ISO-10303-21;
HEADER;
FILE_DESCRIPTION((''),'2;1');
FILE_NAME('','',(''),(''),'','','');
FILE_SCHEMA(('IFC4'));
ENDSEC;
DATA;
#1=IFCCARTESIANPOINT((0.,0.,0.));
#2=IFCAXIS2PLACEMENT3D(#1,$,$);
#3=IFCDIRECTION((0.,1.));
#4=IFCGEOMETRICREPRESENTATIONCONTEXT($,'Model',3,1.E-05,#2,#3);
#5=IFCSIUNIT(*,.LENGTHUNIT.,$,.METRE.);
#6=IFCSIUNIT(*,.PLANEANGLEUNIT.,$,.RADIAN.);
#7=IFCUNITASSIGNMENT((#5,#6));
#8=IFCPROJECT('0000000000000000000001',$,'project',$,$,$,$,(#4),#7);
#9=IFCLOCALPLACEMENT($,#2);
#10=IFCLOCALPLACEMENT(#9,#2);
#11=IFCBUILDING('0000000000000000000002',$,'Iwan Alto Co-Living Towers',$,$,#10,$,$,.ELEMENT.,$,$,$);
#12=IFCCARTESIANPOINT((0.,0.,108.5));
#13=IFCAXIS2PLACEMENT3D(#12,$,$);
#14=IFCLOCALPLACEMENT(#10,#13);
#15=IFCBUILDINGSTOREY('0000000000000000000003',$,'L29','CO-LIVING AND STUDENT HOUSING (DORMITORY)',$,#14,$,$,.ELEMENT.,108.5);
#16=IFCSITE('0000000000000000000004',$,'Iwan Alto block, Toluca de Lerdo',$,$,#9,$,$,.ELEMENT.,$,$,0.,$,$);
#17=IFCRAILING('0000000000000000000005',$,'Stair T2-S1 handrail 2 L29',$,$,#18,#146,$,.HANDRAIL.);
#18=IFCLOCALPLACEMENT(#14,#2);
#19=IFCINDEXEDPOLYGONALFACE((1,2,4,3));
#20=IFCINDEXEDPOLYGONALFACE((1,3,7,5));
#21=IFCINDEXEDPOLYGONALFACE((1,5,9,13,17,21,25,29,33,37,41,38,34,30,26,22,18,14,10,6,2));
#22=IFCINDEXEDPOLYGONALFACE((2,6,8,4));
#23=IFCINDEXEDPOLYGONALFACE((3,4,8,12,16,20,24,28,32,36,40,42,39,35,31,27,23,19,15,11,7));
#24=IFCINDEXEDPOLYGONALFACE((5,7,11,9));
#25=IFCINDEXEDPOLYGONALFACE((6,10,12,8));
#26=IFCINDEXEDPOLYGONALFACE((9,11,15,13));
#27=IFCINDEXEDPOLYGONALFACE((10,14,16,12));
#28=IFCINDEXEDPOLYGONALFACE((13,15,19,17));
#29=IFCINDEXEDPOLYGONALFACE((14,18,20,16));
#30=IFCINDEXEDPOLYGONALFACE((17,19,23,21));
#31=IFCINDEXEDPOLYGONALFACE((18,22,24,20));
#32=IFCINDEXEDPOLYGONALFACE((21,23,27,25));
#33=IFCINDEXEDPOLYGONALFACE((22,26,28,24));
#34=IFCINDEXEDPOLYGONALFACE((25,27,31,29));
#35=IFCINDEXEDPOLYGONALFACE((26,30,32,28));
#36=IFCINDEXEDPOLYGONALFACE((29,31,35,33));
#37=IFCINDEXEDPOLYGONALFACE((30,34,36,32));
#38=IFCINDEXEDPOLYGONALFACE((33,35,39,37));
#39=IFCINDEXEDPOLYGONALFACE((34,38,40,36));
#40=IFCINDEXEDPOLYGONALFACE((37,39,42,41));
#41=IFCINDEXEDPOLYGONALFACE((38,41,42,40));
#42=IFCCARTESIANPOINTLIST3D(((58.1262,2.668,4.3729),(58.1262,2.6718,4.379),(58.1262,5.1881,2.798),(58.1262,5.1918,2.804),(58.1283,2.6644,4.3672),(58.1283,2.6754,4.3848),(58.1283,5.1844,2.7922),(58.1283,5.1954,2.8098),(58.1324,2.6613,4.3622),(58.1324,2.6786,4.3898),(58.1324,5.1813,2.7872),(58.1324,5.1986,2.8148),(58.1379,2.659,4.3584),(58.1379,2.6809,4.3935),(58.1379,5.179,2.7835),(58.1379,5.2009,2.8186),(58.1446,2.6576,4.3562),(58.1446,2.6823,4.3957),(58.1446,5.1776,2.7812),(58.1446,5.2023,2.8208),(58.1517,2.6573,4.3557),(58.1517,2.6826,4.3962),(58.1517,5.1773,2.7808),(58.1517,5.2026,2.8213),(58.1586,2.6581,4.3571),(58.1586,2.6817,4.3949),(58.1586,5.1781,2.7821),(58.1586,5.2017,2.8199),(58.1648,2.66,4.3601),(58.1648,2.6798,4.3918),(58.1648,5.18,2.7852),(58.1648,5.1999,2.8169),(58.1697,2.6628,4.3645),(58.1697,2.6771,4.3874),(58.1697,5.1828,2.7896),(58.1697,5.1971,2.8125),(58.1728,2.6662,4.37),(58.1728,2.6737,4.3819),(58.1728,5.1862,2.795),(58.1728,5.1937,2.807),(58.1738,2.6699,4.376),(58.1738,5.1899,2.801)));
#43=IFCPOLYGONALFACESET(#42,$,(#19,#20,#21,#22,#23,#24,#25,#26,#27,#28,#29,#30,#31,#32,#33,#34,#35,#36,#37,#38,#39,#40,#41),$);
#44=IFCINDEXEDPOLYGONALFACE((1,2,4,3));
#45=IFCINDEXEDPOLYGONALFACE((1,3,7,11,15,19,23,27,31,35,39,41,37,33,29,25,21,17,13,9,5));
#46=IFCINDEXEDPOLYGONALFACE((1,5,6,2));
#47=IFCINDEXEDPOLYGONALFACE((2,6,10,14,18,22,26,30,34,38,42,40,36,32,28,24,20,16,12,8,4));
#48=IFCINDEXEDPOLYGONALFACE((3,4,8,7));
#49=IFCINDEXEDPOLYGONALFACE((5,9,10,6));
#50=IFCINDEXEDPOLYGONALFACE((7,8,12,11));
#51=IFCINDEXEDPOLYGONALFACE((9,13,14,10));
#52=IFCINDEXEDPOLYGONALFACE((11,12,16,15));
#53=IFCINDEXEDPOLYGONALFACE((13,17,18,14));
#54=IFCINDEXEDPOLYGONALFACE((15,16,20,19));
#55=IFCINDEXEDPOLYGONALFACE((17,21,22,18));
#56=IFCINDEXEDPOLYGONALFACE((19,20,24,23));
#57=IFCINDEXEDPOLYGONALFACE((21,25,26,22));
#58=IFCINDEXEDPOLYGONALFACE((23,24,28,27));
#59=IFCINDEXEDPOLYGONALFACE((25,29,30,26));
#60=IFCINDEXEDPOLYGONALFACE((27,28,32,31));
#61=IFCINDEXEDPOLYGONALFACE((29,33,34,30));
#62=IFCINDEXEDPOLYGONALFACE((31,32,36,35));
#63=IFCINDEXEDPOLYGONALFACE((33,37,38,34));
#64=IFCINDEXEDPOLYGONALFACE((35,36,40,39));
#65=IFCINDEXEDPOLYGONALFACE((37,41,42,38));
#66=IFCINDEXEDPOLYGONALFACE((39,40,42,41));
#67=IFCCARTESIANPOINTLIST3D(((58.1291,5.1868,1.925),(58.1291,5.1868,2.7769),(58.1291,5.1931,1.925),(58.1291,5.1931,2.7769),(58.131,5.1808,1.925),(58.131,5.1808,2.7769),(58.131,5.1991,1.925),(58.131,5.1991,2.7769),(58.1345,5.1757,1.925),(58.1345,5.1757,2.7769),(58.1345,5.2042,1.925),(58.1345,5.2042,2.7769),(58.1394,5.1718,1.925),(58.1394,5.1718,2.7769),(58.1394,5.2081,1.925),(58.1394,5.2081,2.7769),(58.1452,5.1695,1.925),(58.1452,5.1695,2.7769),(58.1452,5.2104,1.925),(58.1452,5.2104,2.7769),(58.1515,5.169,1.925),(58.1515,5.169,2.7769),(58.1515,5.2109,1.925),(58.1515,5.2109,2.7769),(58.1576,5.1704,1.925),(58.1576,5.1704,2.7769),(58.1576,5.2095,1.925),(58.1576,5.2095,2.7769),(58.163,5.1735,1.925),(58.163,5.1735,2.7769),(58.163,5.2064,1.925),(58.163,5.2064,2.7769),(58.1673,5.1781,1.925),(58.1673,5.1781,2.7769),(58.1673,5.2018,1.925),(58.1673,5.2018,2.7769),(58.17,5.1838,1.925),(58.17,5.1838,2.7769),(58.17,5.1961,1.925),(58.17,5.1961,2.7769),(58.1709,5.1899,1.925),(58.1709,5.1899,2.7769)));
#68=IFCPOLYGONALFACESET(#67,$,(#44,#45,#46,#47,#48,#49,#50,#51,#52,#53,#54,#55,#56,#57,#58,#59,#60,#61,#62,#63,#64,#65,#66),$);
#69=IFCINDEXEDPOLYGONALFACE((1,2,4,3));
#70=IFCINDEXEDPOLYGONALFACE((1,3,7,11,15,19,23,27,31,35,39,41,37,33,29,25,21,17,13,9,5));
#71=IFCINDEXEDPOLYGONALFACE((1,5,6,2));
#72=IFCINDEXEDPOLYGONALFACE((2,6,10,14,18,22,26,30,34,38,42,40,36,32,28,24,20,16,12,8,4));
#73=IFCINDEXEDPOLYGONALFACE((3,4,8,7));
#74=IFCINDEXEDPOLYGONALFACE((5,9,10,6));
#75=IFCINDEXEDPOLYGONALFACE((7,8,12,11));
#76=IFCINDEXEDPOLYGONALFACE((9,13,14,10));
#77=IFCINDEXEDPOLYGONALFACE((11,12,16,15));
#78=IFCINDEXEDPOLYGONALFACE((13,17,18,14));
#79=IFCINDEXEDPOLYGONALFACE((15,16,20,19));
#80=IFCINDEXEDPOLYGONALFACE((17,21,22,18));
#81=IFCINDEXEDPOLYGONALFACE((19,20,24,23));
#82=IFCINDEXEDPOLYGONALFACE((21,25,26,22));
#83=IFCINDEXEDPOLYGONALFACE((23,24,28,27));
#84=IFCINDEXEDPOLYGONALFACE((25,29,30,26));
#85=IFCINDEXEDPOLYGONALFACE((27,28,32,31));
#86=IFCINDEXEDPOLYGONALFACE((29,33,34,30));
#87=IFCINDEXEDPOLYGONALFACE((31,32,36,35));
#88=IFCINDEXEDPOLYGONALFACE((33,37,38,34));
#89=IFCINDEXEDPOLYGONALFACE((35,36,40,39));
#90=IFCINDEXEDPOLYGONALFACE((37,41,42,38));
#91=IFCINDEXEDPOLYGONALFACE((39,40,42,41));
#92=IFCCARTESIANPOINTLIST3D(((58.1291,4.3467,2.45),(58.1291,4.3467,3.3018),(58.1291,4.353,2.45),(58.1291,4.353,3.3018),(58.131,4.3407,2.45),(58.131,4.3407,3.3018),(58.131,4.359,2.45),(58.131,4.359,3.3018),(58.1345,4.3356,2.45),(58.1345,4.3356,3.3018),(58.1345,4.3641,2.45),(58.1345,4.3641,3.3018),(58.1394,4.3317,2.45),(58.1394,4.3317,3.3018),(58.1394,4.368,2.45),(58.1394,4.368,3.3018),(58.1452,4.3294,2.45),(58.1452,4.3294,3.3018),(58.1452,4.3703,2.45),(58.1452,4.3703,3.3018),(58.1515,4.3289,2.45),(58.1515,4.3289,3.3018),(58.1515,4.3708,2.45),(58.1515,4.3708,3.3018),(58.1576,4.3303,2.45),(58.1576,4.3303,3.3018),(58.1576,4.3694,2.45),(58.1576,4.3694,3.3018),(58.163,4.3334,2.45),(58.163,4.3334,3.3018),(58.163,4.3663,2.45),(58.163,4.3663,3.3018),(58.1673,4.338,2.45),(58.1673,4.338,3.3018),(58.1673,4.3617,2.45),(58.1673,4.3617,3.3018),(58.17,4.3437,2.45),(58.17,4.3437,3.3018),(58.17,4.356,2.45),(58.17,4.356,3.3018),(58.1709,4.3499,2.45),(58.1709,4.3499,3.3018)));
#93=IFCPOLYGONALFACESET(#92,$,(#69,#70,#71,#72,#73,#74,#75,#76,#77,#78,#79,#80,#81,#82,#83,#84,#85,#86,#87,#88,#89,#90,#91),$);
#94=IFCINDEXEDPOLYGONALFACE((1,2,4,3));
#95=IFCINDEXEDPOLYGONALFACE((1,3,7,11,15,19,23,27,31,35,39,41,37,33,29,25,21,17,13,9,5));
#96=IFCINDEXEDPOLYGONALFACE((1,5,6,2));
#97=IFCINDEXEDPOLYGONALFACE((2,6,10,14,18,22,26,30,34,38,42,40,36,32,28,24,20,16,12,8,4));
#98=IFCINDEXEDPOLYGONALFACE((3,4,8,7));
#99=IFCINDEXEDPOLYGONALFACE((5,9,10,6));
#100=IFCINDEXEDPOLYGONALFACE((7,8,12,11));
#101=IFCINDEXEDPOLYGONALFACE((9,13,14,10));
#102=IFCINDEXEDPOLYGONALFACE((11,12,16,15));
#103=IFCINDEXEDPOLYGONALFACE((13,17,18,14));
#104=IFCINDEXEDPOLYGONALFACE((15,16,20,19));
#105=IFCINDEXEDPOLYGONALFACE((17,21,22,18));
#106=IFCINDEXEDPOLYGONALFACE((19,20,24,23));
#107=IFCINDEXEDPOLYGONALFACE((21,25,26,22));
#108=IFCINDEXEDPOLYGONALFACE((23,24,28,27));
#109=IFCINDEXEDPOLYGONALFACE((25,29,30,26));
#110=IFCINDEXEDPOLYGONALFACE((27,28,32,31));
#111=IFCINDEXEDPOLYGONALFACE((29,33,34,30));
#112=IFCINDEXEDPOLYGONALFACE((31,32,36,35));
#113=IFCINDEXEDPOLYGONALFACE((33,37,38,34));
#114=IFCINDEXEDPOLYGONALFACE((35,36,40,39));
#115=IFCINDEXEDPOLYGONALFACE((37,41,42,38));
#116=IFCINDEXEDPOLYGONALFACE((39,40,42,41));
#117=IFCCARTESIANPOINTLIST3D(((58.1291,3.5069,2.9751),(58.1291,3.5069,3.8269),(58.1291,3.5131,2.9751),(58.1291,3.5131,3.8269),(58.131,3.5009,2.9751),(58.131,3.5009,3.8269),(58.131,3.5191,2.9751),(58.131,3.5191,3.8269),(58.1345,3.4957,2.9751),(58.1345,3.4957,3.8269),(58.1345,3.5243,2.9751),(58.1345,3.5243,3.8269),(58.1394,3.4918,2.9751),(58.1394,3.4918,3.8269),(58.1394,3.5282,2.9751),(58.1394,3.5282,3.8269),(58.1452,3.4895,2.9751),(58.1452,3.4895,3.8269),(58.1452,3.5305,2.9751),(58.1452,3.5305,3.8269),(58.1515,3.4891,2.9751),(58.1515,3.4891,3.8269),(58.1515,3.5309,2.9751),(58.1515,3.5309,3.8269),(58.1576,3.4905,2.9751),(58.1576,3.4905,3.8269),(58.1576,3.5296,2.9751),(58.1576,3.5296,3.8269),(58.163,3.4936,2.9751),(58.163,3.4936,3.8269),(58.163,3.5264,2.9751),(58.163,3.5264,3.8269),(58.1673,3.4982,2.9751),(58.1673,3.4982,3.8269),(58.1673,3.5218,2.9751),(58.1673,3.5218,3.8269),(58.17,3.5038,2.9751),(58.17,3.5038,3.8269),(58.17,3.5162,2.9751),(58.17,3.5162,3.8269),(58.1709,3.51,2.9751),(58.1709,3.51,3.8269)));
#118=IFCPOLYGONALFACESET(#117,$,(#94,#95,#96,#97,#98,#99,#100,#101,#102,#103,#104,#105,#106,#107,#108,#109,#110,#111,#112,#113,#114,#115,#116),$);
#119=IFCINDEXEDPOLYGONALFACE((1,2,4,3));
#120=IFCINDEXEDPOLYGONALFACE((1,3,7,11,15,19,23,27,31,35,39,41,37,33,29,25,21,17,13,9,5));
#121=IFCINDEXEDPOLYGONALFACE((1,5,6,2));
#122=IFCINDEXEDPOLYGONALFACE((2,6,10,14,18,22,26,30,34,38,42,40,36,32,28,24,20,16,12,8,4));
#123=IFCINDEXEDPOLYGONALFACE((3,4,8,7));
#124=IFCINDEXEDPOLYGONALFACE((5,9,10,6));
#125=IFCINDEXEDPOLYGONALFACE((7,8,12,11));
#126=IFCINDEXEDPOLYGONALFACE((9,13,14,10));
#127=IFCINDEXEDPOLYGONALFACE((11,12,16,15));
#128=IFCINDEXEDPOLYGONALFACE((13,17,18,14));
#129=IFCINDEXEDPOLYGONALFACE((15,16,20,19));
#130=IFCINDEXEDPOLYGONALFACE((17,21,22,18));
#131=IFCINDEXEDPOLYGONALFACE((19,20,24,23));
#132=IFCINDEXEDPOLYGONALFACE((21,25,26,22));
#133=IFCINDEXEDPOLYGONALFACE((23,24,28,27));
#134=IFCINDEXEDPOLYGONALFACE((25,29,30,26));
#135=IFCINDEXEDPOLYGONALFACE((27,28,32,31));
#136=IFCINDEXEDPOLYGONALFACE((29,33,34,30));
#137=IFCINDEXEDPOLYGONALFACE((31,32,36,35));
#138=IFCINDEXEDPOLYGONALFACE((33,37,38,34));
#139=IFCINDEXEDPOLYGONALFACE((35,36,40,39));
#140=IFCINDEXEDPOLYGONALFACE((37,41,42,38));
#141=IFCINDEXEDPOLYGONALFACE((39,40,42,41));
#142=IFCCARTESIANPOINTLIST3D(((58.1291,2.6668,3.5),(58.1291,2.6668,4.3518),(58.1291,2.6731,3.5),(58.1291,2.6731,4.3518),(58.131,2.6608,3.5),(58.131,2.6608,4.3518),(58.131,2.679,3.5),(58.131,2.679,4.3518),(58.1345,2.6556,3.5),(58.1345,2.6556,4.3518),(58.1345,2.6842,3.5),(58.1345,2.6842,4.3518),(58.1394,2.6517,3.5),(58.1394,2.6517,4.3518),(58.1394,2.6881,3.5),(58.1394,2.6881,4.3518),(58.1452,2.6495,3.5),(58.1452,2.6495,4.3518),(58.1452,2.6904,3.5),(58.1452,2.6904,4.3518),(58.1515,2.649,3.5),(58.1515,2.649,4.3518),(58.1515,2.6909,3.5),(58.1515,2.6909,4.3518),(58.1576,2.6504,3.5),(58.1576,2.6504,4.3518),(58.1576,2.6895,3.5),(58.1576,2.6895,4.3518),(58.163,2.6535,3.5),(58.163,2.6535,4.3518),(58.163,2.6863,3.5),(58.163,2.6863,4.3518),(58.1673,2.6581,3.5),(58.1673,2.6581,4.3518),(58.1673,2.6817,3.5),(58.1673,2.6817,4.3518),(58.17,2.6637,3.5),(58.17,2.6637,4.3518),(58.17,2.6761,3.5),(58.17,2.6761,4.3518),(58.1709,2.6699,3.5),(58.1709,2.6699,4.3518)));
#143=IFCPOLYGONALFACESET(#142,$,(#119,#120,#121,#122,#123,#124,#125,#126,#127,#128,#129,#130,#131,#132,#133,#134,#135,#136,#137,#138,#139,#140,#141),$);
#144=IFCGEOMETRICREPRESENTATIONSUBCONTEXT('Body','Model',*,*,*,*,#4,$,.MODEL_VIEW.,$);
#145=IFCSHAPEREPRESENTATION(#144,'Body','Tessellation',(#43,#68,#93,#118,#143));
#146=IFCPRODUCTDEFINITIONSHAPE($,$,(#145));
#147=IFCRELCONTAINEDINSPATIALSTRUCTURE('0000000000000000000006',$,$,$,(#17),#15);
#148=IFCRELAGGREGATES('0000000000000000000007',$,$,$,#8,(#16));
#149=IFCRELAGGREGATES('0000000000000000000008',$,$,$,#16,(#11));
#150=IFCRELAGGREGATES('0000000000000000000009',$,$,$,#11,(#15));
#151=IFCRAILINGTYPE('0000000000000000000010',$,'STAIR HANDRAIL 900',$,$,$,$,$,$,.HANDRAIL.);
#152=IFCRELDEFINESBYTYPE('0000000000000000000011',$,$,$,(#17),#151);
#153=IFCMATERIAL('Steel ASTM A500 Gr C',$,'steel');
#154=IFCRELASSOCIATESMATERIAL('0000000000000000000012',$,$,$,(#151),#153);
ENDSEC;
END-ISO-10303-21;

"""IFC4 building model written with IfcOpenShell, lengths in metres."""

from ifc_helpers import new_model, si_unit, direction, frame, origin, origin_2d, place, context, subcontext, project, spatial, circle, extrude, material, type_object, element, save


model = new_model("IFC4")

# Units and contexts
model_context = context("Model", 3, precision=1e-05, world=origin(), true_north=direction((0.0, 1.0)))
body_context = subcontext(model_context, "Body", "Model", "MODEL_VIEW")
ifc_project = project(units=[si_unit("LENGTHUNIT", "METRE"), si_unit("PLANEANGLEUNIT", "RADIAN")], contexts=[model_context])

# Site, building, storey
site_placement = place(None, origin())
site = spatial("IfcSite", under=ifc_project, at=site_placement, Name="Iwan Alto block, Toluca de Lerdo", CompositionType="ELEMENT", RefElevation=0.0)
building_placement = place(site_placement, origin())
building = spatial("IfcBuilding", under=site, at=building_placement, Name="Iwan Alto Co-Living Towers", CompositionType="ELEMENT")
storey_placement = place(building_placement, frame((0.0, 0.0, 108.5)))
storey = spatial("IfcBuildingStorey", under=building, at=storey_placement, Name="L29", Description="CO-LIVING AND STUDENT HOUSING (DORMITORY)", CompositionType="ELEMENT", Elevation=108.5)

# Railing
ifc_material_1 = material(Name="Steel ASTM A500 Gr C", Category="steel")
railing_type_1 = type_object("IfcRailingType", Name="STAIR HANDRAIL 900", PredefinedType="HANDRAIL", material=ifc_material_1)
railing_1_placement = place(storey_placement, frame((58.1499, 5.1899, 1.925)))
element("IfcRailing", 1, at=railing_1_placement, inside=storey, type_object=railing_type_1, Name="Stair T2-S1 handrail 2 L29", PredefinedType="HANDRAIL", context=body_context, shape_type="SweptSolid", body=[
    extrude(circle(Radius=0.0239, at=origin_2d()), frame((0.0, 0.0, 0.876), z_axis=(0.0, -0.848008, 0.529984), x_axis=(1.0, 0.0, 0.0)), (0.0, 0.0, 1.0), 2.9717),
    extrude(circle(Radius=0.021, at=origin_2d()), origin(), (0.0, 0.0, 1.0), 0.8518),
    extrude(circle(Radius=0.021, at=origin_2d()), frame((0.0, -0.8401, 0.5249)), (0.0, 0.0, 1.0), 0.8518),
    extrude(circle(Radius=0.021, at=origin_2d()), frame((0.0, -1.6799, 1.05)), (0.0, 0.0, 1.0), 0.8518),
    extrude(circle(Radius=0.021, at=origin_2d()), frame((0.0, -2.52, 1.575)), (0.0, 0.0, 1.0), 0.8518),
])

save(model, "model.ifc")
